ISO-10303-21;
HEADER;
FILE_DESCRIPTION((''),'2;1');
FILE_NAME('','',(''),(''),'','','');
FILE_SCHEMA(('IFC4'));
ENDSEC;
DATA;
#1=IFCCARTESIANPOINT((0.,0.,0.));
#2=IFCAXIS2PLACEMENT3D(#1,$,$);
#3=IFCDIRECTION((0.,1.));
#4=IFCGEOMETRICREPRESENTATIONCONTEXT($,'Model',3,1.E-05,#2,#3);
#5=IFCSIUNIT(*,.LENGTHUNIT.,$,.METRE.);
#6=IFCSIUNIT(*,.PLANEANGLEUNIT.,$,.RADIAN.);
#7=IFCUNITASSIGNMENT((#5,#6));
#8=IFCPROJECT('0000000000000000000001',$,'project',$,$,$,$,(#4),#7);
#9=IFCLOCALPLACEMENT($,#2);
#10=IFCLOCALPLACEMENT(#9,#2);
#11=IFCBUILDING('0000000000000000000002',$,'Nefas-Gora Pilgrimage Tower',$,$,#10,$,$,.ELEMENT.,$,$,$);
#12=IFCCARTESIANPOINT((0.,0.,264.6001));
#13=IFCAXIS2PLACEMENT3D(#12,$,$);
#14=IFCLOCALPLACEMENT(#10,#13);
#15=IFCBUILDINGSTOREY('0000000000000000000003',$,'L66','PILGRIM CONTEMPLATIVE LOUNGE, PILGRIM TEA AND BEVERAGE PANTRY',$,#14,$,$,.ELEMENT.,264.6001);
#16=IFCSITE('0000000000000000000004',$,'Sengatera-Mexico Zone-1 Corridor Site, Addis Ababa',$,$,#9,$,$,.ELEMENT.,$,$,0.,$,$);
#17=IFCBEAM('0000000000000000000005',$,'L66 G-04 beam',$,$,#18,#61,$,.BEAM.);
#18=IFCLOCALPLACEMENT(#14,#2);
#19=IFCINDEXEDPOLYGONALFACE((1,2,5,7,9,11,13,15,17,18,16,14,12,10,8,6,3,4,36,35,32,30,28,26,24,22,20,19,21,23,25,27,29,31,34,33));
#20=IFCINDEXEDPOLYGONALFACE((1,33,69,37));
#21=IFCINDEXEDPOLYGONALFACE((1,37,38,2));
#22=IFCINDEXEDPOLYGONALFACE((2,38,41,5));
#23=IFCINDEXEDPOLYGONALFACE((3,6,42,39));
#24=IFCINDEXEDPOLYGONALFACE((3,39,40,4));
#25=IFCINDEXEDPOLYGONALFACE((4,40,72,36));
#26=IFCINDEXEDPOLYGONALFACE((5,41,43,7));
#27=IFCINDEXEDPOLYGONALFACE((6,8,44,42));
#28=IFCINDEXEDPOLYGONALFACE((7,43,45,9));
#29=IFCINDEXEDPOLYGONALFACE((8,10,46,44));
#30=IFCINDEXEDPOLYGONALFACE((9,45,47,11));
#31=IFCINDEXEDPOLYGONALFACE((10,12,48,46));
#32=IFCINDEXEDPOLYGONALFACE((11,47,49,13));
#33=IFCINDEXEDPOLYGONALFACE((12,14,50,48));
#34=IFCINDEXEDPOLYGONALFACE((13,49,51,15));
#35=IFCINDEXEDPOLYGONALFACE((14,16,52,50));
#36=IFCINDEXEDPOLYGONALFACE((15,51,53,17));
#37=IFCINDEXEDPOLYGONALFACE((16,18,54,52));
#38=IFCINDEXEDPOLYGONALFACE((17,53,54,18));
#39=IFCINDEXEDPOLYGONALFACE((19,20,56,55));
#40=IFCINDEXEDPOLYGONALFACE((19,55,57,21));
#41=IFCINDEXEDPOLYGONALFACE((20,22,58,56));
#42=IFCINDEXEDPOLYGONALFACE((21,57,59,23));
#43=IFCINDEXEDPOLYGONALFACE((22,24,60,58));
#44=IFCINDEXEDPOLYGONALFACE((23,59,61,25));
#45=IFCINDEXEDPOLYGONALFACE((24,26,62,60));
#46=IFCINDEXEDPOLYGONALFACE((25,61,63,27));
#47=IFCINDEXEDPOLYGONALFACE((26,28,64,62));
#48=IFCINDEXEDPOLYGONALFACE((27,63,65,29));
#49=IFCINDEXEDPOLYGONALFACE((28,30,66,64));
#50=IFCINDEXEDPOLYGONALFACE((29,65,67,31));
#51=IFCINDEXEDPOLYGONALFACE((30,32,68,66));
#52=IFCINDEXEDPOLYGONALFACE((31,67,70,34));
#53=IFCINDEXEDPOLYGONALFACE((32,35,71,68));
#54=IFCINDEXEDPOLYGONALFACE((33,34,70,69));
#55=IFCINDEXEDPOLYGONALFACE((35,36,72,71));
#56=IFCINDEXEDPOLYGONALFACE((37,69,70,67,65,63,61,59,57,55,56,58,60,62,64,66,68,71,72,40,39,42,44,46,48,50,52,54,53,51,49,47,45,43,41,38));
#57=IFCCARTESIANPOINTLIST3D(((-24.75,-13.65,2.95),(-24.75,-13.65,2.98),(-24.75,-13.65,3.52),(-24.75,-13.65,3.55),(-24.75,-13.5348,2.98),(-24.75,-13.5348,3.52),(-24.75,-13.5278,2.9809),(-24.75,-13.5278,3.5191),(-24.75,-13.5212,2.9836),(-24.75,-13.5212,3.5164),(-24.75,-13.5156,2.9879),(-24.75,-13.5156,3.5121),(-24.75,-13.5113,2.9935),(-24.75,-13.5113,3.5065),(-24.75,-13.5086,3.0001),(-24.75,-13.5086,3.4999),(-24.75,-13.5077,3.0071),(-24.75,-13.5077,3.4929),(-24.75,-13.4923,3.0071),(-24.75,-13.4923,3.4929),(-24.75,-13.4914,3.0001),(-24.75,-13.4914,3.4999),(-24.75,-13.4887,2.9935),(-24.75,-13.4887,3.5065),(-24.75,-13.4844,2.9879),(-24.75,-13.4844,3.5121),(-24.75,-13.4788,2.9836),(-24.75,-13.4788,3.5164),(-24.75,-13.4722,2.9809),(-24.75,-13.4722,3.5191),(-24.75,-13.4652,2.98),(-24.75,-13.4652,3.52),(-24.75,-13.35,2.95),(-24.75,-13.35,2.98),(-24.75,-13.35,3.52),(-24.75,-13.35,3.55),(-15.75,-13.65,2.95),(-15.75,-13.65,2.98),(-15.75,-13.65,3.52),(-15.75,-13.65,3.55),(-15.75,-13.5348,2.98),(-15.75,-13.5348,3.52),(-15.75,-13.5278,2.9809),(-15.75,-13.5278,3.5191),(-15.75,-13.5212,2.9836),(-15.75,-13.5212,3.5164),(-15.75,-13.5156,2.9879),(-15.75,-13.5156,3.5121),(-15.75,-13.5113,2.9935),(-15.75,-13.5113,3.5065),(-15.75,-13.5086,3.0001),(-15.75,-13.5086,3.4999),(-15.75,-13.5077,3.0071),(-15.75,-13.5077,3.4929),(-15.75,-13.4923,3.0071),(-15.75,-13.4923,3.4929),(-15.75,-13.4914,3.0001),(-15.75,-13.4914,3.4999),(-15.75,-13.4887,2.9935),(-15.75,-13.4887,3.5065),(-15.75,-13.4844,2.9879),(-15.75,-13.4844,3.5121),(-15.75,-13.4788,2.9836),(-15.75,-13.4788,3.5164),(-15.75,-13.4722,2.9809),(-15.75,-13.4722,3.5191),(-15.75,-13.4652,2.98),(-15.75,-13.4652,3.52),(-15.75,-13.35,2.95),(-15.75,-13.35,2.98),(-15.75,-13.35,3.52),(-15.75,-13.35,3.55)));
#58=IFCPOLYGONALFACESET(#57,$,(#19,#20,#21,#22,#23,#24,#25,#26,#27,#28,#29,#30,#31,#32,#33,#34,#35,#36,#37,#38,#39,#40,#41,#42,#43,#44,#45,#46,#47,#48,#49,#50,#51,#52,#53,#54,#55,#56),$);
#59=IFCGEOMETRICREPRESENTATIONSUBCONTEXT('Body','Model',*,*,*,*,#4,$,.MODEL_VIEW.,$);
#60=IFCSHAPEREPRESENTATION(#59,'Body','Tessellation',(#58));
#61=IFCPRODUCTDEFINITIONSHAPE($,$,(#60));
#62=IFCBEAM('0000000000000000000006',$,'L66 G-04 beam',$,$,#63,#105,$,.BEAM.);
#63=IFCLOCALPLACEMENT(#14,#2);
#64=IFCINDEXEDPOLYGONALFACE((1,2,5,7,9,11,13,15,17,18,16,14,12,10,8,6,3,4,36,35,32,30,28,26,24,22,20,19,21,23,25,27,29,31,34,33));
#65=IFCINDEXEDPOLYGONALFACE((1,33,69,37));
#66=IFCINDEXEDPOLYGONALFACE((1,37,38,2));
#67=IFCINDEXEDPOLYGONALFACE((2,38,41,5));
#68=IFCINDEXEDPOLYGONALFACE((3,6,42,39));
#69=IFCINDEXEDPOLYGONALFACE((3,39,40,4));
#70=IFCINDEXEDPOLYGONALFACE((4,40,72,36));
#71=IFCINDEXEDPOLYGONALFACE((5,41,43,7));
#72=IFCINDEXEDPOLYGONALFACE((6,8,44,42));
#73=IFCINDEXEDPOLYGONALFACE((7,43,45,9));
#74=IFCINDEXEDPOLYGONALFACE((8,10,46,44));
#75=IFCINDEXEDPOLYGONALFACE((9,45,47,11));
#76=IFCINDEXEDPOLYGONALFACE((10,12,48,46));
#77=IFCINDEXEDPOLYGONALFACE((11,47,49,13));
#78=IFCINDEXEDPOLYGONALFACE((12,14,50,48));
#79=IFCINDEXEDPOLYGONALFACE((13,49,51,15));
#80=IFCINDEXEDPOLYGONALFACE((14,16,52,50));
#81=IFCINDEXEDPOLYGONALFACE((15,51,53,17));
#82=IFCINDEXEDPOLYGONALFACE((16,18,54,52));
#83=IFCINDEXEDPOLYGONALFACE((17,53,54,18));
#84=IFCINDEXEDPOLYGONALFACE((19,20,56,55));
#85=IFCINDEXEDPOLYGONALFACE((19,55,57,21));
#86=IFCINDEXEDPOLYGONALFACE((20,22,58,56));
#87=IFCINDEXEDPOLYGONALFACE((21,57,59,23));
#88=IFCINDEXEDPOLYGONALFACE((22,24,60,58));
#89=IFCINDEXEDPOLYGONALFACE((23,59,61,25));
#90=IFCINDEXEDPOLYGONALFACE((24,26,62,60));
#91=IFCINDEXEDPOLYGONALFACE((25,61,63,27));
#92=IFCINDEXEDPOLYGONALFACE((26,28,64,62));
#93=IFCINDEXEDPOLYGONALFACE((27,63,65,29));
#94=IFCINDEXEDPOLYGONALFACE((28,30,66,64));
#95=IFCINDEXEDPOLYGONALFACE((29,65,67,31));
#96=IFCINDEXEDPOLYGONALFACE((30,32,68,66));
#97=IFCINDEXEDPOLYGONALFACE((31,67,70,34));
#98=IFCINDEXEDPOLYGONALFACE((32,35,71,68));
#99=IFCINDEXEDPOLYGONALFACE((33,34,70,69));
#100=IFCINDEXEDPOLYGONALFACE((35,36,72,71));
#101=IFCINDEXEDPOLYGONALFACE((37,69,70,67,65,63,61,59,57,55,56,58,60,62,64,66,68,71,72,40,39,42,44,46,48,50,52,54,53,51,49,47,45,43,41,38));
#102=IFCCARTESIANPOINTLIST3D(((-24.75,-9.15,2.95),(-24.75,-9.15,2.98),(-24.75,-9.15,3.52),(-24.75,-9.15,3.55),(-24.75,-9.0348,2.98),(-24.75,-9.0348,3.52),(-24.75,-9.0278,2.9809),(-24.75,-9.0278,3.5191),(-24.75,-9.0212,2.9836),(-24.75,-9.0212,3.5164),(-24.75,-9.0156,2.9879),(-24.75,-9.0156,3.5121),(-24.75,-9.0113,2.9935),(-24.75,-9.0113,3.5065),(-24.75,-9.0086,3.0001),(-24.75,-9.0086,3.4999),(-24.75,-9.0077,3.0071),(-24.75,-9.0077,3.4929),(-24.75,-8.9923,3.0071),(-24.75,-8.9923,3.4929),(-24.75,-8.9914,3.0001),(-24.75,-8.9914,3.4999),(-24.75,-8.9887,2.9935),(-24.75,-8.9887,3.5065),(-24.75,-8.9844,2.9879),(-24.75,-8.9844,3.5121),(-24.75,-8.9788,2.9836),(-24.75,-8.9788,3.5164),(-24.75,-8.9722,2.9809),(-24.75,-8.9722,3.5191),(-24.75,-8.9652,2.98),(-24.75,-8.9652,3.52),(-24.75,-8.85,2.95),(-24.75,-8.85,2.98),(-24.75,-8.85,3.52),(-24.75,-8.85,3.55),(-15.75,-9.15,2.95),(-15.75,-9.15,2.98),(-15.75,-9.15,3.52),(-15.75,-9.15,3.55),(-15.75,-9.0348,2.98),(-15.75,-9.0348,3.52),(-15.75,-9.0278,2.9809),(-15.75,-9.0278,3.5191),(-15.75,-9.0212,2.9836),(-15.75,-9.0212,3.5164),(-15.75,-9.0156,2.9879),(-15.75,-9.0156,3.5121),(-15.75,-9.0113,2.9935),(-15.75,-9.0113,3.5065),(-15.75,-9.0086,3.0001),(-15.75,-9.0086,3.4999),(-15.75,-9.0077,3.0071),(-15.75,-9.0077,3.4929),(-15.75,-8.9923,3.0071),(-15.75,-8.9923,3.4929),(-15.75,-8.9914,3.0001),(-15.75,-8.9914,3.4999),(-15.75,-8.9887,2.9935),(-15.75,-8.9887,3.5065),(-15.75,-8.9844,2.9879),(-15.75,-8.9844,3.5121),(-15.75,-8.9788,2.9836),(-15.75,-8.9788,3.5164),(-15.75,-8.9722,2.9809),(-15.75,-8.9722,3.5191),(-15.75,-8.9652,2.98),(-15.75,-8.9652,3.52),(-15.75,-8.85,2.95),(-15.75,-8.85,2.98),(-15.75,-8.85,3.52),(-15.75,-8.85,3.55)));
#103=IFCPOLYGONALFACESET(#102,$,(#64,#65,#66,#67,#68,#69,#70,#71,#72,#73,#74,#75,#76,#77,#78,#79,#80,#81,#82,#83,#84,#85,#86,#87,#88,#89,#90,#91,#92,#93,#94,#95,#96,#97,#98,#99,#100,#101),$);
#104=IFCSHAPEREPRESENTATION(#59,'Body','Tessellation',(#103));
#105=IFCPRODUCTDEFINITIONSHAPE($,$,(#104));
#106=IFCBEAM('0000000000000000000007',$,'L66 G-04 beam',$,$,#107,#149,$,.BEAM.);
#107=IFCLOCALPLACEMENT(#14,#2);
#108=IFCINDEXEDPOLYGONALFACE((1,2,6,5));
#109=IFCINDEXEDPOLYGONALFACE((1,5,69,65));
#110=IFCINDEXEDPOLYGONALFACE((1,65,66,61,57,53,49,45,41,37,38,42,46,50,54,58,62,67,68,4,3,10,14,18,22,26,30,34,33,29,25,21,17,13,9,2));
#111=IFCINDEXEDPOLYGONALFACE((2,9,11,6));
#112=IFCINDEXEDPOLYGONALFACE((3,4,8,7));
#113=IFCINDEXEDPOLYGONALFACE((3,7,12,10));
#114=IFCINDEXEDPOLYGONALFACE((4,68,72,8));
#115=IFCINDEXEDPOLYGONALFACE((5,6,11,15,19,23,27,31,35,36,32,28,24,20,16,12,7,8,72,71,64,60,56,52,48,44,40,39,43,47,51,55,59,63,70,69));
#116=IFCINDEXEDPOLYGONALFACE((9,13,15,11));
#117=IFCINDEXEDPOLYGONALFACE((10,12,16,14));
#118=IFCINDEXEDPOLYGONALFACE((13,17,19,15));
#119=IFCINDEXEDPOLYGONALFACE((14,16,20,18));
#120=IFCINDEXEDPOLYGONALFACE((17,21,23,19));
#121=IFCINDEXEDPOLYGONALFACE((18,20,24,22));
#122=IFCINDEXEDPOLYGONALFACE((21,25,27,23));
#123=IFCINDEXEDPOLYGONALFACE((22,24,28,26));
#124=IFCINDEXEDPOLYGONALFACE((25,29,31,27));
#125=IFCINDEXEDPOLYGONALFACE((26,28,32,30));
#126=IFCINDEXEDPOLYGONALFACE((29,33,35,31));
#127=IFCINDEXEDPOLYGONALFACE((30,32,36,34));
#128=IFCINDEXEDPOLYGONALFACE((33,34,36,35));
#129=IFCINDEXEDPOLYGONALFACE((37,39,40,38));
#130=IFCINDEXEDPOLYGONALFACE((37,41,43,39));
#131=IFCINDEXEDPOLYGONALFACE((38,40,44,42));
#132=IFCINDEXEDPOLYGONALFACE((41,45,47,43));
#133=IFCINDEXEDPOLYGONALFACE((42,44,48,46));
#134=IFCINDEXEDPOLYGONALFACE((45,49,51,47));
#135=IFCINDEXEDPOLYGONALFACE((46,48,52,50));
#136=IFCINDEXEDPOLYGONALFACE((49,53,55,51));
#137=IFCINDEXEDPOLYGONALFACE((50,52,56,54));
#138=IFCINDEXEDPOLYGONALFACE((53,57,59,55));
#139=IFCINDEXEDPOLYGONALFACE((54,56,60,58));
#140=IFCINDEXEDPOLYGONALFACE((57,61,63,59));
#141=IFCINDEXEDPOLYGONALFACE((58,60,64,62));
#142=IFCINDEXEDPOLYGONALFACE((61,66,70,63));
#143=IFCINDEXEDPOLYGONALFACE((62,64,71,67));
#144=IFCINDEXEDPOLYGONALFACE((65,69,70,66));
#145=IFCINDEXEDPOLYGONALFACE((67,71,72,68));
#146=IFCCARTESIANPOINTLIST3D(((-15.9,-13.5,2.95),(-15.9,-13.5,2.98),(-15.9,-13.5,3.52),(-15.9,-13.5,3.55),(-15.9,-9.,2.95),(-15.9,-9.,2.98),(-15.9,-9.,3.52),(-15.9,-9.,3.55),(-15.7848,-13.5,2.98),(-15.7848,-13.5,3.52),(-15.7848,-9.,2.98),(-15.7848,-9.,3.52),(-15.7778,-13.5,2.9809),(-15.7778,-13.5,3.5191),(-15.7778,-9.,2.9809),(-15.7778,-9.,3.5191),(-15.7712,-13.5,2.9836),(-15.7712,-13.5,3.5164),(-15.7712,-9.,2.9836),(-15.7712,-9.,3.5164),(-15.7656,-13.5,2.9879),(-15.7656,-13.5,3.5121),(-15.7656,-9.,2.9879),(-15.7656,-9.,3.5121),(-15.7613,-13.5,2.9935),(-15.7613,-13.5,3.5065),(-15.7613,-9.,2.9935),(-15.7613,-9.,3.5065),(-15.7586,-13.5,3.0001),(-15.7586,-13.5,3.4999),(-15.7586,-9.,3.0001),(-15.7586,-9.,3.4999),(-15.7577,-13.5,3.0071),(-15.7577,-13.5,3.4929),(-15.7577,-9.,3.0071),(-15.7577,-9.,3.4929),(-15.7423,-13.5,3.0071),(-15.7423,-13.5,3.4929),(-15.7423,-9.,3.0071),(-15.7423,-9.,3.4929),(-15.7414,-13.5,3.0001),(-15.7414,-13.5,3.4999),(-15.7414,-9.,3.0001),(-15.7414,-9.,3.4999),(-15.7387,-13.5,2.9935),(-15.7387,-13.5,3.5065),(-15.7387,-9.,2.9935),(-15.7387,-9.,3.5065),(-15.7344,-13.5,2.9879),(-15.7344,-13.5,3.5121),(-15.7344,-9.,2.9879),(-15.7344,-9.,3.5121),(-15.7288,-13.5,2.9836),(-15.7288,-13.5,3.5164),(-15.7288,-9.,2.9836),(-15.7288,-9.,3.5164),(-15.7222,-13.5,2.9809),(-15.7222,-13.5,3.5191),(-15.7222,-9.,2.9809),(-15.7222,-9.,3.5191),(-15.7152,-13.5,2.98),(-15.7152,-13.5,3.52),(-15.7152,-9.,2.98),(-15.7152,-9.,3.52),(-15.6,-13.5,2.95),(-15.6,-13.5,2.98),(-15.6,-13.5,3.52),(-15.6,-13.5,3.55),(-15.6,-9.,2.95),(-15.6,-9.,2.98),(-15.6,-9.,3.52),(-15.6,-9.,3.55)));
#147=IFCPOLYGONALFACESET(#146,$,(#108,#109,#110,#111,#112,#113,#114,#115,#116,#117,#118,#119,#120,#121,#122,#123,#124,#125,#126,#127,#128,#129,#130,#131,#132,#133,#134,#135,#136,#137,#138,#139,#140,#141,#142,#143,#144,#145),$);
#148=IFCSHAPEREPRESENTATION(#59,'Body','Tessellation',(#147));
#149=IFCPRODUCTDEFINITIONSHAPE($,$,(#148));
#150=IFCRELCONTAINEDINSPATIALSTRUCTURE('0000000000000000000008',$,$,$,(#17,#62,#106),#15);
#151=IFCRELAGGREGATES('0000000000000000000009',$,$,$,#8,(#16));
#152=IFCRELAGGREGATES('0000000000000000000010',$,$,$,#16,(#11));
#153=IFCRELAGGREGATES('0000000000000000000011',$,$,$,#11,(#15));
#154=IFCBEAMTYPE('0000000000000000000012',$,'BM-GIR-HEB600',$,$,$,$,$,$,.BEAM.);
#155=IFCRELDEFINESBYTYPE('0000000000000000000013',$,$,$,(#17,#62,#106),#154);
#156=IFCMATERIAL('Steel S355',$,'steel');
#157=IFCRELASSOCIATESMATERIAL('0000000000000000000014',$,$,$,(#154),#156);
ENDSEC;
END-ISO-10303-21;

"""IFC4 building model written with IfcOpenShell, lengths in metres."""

from ifc_helpers import new_model, si_unit, direction, frame, origin, origin_2d, place, context, subcontext, project, spatial, i_section, extrude, source, transform, mapped, material, material_profile, profile_set, type_object, element, save


model = new_model("IFC4")

# Units and contexts
model_context = context("Model", 3, precision=1e-05, world=origin(), true_north=direction((0.0, 1.0)))
body_context = subcontext(model_context, "Body", "Model", "MODEL_VIEW")
ifc_project = project(units=[si_unit("LENGTHUNIT", "METRE"), si_unit("PLANEANGLEUNIT", "RADIAN")], contexts=[model_context])

# Site, building, storey
site_placement = place(None, origin())
site = spatial("IfcSite", under=ifc_project, at=site_placement, Name="Sengatera-Mexico Zone-1 Corridor Site, Addis Ababa", CompositionType="ELEMENT", RefElevation=0.0)
building_placement = place(site_placement, origin())
building = spatial("IfcBuilding", under=site, at=building_placement, Name="Nefas-Gora Pilgrimage Tower", CompositionType="ELEMENT")
storey_placement = place(building_placement, frame((0.0, 0.0, 264.6001)))
storey = spatial("IfcBuildingStorey", under=building, at=storey_placement, Name="L66", Description="PILGRIM CONTEMPLATIVE LOUNGE, PILGRIM TEA AND BEVERAGE PANTRY", CompositionType="ELEMENT", Elevation=264.6001)

# Shared definitions
ifc_material_1 = material(Name="Steel S355", Category="steel")

# Beams
ifc_material_profile_1 = material_profile(ifc_material_1, i_section(OverallWidth=0.3, OverallDepth=0.6001, WebThickness=0.0154, FlangeThickness=0.03, FilletRadius=0.0271, at=origin_2d()), Name="HEB 600")
ifc_profile_set_1 = profile_set([ifc_material_profile_1], Name="Steel S355")
beam_type_1 = type_object("IfcBeamType", Name="BM-GIR-HEB600", PredefinedType="BEAM", material=ifc_profile_set_1)
shared_shape_1 = source(origin(), body_context, "Body", "SweptSolid", [
    extrude(i_section(OverallWidth=0.3, OverallDepth=0.6001, WebThickness=0.0154, FlangeThickness=0.03, FilletRadius=0.0271, at=origin_2d()), origin(), (0.0, 0.0, 1.0), 9.0),
])
for number, where, z_axis, x_axis, name in (
    (1, (-24.75, -13.5, 3.25), (1.0, 0.0, 0.0), (0.0, 1.0, 0.0), "L66 G-04 beam"),
    (2, (-24.75, -9.0, 3.25), (1.0, 0.0, 0.0), (0.0, 1.0, 0.0), "L66 G-04 beam"),
):
    element("IfcBeam", number, at=place(storey_placement, frame(where, z_axis=z_axis, x_axis=x_axis)), inside=storey, type_object=beam_type_1, Name=name, PredefinedType="BEAM", context=body_context, shape_type="MappedRepresentation", body=[
        mapped(shared_shape_1, transform((0.0, 0.0, 0.0), x_axis=(1.0, 0.0, 0.0), y_axis=(0.0, 1.0, 0.0), z_axis=(0.0, 0.0, 1.0), scale=1.0)),
    ])
shared_shape_2 = source(origin(), body_context, "Body", "SweptSolid", [
    extrude(i_section(OverallWidth=0.3, OverallDepth=0.6001, WebThickness=0.0154, FlangeThickness=0.03, FilletRadius=0.0271, at=origin_2d()), origin(), (0.0, 0.0, 1.0), 4.5),
])
beam_placement = place(storey_placement, frame((-15.75, -13.5, 3.25), z_axis=(0.0, 1.0, 0.0), x_axis=(-1.0, 0.0, 0.0)))
element("IfcBeam", 3, at=beam_placement, inside=storey, type_object=beam_type_1, Name="L66 G-04 beam", PredefinedType="BEAM", context=body_context, shape_type="MappedRepresentation", body=[
    mapped(shared_shape_2, transform((0.0, 0.0, 0.0), x_axis=(1.0, 0.0, 0.0), y_axis=(0.0, 1.0, 0.0), z_axis=(0.0, 0.0, 1.0), scale=1.0)),
])

save(model, "model.ifc")
